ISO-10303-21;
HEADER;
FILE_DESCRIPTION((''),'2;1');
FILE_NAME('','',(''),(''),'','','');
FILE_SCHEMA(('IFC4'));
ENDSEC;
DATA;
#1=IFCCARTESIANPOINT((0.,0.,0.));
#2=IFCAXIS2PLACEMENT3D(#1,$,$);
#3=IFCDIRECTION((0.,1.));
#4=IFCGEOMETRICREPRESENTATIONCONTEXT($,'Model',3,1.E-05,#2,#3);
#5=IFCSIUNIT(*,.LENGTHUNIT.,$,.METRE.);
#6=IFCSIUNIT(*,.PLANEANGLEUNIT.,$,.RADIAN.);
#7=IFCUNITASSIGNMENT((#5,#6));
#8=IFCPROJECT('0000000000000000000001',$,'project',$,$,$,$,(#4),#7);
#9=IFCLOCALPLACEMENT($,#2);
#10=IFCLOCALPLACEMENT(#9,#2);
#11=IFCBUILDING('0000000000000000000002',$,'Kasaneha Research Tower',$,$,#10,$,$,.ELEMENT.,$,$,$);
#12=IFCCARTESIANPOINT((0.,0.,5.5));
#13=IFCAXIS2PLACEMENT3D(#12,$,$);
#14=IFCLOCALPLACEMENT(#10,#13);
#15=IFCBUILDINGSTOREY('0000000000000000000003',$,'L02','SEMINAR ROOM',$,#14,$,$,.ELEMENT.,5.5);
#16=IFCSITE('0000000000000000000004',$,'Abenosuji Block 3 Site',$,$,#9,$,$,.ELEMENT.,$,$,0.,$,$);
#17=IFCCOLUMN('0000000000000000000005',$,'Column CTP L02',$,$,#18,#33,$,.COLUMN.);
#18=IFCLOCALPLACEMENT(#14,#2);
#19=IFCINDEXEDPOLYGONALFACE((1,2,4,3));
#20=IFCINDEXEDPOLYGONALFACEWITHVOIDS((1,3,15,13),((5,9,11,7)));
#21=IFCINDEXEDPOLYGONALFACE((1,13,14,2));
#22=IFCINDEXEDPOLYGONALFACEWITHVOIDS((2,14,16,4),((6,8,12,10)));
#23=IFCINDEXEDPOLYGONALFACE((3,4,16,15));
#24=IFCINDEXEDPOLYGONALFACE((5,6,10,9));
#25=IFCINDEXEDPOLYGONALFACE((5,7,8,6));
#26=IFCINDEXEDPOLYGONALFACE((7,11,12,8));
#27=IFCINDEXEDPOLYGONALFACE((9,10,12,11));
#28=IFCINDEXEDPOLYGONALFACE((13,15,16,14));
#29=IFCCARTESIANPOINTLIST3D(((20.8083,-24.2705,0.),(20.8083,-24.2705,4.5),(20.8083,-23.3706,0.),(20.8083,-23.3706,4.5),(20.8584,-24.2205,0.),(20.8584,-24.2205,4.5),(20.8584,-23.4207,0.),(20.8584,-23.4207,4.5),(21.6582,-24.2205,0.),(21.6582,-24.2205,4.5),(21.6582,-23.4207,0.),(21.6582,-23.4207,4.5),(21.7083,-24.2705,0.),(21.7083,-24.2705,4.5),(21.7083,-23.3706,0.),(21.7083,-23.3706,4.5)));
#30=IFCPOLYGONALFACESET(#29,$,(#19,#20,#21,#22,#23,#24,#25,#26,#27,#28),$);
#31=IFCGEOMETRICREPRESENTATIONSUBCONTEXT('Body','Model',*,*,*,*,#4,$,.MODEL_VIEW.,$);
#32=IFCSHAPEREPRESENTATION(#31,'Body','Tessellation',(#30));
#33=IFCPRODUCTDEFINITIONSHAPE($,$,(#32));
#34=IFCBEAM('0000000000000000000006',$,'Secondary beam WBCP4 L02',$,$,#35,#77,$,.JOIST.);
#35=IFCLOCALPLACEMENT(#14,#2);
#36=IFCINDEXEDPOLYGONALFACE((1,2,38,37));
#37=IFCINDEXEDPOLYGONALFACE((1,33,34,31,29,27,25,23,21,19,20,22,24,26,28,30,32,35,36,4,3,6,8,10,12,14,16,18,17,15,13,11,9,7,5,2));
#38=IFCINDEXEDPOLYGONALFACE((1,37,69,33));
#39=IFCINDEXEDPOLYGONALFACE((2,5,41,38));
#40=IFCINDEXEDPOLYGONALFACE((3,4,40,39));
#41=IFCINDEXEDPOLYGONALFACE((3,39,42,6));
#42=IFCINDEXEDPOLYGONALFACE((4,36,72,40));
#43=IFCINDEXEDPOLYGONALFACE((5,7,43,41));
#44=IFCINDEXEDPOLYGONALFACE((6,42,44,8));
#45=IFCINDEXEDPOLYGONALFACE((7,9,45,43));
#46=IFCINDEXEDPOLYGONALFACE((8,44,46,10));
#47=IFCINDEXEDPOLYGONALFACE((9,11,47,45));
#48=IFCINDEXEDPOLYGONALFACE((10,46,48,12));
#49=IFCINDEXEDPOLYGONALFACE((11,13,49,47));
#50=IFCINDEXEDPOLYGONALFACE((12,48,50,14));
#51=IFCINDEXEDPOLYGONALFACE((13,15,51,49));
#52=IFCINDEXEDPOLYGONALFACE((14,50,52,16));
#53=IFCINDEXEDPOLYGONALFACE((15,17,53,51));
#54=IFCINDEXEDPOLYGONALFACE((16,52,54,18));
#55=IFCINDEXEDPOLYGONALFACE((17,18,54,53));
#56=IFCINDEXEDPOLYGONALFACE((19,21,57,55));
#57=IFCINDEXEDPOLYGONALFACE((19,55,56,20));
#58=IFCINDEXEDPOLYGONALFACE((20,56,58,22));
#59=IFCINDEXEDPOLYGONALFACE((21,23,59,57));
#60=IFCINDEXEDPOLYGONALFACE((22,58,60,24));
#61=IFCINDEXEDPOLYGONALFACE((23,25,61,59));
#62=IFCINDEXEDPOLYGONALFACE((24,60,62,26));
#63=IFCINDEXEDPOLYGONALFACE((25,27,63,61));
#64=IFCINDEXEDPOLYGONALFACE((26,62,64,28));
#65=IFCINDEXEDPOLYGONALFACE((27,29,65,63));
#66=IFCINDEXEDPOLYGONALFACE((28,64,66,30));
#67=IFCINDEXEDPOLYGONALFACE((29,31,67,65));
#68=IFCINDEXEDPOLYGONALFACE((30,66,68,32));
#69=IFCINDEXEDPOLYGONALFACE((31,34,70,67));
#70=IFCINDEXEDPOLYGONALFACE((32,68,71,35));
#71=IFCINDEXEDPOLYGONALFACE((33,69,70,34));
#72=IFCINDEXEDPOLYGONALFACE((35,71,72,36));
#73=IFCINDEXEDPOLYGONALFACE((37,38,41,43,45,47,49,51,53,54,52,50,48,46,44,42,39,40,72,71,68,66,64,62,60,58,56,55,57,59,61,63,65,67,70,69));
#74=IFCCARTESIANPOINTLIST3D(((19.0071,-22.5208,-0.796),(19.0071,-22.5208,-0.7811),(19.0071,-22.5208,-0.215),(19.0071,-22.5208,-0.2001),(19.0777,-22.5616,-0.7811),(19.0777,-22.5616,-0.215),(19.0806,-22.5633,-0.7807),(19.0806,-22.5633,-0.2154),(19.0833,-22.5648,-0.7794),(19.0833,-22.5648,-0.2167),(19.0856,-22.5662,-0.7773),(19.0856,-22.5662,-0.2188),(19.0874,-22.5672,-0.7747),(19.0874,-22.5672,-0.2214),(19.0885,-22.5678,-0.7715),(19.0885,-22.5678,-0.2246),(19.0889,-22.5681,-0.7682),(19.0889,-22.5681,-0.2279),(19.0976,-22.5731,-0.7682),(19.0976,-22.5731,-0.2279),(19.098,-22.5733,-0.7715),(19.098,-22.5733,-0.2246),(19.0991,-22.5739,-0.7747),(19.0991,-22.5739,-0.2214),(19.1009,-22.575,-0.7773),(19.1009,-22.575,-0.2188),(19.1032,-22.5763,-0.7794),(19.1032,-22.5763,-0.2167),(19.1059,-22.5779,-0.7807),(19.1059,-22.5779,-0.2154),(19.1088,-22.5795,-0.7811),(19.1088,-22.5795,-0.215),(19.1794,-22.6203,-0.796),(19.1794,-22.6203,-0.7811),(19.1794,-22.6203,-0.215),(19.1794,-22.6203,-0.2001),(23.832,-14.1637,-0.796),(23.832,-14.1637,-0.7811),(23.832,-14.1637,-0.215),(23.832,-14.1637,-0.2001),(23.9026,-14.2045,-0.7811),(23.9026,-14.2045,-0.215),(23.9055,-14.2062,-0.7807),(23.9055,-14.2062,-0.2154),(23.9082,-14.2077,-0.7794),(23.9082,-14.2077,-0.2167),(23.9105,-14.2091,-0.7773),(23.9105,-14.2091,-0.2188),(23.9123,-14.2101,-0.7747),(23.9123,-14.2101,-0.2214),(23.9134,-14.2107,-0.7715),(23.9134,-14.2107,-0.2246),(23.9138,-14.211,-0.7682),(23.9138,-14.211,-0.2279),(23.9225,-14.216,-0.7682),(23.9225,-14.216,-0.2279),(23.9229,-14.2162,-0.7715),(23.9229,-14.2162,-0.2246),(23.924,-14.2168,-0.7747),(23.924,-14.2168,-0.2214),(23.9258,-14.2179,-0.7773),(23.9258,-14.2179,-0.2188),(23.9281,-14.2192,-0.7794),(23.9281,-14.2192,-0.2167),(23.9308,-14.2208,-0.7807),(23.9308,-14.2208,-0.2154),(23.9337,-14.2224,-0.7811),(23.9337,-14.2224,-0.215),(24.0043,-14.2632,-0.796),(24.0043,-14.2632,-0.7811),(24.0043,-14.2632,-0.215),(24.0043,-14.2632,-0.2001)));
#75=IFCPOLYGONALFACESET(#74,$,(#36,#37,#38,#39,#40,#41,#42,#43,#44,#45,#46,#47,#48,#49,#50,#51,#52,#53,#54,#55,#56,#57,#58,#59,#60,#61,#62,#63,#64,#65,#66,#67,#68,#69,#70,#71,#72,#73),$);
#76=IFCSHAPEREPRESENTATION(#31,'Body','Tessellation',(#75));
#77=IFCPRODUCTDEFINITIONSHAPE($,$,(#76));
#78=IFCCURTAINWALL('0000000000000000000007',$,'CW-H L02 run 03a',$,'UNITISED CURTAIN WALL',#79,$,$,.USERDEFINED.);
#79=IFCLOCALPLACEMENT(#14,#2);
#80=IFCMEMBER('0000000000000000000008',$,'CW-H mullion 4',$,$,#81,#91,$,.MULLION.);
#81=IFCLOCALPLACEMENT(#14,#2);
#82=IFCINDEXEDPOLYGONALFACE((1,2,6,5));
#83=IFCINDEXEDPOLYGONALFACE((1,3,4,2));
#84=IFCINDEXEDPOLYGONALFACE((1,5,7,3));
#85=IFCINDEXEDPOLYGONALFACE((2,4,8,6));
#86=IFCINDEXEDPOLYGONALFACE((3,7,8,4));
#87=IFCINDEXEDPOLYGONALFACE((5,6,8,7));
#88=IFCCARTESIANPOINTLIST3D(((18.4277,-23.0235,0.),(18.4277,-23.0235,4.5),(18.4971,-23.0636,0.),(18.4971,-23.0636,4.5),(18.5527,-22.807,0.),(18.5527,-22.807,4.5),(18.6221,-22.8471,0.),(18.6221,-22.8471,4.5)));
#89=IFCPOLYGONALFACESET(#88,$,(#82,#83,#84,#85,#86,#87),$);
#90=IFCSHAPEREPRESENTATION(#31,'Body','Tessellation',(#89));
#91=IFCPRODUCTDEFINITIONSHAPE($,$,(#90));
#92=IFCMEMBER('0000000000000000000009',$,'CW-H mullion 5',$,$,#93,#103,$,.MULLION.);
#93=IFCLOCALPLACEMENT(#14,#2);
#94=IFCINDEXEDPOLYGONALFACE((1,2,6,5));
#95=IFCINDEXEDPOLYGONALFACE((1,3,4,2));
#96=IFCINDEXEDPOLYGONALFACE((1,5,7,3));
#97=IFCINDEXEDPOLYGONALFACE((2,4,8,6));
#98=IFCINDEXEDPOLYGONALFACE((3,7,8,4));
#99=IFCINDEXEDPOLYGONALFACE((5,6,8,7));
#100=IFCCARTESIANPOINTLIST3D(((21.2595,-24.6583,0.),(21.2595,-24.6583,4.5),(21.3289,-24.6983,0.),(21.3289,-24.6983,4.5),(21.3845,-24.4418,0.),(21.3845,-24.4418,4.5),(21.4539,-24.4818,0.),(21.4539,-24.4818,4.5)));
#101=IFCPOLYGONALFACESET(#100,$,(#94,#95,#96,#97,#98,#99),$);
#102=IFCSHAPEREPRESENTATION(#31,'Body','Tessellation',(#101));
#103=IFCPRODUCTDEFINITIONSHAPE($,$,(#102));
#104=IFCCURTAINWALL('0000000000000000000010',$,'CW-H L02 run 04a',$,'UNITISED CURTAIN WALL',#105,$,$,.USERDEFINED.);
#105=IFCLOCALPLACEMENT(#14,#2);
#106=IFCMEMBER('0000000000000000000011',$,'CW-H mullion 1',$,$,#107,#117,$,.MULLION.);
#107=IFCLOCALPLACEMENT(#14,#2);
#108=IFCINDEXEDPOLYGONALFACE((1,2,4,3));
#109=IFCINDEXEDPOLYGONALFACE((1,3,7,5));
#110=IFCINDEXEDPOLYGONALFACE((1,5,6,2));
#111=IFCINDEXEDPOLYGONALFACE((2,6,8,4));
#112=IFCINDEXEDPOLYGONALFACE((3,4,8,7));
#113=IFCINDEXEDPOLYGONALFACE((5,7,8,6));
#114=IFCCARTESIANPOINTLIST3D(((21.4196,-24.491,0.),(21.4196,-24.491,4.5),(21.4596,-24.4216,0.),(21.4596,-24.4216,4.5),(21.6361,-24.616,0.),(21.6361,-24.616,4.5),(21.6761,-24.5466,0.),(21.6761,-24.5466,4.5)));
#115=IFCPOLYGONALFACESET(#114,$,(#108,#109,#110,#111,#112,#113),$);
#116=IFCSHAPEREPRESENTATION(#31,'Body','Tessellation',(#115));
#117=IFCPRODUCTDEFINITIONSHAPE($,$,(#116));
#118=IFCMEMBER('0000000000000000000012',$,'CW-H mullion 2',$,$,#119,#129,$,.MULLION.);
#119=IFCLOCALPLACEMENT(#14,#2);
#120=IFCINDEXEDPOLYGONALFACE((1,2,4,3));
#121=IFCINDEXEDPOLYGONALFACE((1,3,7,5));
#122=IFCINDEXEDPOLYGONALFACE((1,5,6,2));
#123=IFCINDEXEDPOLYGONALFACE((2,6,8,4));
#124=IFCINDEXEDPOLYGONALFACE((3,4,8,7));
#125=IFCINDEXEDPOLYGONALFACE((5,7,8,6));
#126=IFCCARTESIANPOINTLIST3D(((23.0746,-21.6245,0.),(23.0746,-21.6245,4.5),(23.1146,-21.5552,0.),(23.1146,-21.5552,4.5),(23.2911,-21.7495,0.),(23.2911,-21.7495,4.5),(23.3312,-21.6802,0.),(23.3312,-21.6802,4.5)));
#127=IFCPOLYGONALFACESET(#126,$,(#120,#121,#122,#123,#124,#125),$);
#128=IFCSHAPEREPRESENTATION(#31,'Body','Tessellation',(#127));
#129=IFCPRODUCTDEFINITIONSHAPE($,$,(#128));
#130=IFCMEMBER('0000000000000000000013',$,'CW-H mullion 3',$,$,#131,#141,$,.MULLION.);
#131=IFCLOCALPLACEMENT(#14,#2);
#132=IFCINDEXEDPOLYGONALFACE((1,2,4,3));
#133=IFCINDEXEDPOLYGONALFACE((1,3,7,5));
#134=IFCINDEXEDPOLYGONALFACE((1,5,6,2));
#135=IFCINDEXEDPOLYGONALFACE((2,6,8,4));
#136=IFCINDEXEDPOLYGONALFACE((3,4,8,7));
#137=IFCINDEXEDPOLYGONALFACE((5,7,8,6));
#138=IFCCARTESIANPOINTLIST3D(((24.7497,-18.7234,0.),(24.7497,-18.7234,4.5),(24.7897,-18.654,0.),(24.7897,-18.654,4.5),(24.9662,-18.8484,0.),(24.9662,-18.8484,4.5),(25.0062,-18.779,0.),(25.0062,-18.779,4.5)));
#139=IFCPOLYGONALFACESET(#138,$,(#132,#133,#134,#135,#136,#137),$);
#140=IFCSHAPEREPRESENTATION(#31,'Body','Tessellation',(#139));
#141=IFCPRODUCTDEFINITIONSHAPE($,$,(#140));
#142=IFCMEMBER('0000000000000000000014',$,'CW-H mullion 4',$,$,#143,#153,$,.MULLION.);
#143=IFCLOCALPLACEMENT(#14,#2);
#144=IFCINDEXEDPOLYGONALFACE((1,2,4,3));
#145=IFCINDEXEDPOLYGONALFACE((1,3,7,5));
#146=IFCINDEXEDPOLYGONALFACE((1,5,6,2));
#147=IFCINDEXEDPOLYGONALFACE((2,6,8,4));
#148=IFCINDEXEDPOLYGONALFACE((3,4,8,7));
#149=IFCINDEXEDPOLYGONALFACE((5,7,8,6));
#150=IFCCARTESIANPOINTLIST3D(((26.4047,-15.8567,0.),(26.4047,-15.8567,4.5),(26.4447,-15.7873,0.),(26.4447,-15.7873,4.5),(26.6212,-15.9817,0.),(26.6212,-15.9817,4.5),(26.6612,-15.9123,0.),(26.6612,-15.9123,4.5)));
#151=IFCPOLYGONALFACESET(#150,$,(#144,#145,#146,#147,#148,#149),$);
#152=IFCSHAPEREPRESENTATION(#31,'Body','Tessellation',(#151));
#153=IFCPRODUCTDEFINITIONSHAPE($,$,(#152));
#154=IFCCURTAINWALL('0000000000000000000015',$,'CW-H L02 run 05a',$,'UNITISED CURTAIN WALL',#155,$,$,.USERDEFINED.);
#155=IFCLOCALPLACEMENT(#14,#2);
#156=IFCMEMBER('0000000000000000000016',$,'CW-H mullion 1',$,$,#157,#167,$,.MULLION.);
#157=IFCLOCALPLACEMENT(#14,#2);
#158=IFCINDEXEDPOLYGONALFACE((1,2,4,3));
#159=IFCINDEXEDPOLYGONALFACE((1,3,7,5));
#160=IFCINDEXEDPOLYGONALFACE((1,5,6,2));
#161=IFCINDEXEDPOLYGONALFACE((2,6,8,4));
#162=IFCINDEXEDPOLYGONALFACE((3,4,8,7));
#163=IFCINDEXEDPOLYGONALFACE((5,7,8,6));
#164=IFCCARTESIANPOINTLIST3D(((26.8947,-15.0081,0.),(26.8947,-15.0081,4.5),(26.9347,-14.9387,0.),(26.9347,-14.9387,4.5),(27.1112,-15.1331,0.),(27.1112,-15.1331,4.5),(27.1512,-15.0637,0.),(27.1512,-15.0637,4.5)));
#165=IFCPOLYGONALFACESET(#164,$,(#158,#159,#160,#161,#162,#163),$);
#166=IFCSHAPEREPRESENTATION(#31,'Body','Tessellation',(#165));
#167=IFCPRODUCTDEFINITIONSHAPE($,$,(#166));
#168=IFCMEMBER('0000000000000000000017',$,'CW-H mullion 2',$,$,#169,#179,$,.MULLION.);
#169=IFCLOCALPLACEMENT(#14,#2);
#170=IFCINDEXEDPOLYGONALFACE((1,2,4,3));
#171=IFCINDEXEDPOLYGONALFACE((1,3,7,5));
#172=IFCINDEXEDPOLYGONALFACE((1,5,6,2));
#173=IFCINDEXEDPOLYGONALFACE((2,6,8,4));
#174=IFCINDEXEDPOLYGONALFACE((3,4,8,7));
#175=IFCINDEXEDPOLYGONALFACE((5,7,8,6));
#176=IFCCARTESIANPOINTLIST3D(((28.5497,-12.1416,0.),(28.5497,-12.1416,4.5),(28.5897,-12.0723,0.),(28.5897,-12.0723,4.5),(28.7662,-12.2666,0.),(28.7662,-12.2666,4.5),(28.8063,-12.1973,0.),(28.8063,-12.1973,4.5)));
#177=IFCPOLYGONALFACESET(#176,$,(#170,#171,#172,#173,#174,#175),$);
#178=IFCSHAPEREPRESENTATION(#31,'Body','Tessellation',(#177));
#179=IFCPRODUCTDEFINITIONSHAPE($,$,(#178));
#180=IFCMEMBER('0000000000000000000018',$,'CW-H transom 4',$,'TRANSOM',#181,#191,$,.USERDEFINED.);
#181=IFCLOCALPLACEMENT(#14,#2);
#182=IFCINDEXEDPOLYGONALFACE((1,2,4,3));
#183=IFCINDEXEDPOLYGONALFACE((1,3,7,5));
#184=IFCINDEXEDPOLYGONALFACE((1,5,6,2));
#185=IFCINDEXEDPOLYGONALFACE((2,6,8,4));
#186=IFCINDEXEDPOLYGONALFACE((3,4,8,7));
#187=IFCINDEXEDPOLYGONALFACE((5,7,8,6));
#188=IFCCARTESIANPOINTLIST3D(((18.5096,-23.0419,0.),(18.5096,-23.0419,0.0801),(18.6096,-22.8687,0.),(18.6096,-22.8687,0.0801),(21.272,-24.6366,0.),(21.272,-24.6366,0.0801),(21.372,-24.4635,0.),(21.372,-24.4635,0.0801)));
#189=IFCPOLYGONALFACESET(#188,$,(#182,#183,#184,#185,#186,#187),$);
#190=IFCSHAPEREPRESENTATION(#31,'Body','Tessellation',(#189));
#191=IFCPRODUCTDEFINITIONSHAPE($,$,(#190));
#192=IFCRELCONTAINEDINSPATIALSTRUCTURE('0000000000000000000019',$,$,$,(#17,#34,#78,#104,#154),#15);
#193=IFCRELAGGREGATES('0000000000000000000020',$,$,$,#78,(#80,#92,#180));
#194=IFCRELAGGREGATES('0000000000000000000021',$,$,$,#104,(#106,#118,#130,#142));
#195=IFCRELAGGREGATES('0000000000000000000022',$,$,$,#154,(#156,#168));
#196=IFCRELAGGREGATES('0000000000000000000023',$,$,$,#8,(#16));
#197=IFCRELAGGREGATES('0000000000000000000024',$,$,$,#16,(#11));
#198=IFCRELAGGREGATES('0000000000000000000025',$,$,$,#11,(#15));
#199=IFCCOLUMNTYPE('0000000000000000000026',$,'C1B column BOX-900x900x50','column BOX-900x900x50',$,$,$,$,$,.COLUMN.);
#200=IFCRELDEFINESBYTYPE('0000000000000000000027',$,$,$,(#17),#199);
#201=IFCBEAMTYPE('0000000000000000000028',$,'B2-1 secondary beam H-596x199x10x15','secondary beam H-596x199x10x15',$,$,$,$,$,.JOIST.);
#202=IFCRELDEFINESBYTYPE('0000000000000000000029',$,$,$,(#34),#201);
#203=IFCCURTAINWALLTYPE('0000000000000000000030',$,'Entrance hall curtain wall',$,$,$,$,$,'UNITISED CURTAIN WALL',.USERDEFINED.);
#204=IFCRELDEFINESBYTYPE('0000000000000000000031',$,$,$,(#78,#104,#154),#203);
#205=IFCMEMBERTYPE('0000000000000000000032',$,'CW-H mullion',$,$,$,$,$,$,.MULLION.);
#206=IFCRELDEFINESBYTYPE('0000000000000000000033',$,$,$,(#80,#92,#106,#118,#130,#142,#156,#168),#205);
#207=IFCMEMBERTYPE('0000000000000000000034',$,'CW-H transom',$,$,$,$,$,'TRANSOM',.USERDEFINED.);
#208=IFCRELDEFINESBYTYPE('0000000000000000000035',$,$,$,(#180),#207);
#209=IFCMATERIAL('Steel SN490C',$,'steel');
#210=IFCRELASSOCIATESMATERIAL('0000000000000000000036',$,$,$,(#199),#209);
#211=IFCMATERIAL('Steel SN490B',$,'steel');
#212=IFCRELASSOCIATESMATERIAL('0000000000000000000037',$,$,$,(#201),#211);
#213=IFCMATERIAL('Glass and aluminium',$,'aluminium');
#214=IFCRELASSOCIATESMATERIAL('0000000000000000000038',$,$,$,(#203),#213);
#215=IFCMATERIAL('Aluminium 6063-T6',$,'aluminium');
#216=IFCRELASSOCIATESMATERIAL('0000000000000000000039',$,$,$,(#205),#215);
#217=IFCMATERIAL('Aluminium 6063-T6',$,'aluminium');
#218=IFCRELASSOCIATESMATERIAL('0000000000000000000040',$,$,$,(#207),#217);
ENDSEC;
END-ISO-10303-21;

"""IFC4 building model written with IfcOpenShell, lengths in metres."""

from ifc_helpers import new_model, si_unit, direction, frame, origin, origin_2d, place, context, subcontext, project, spatial, rectangle, hollow_rectangle, i_section, extrude, material, material_profile, profile_set, type_object, element, aggregate, save


model = new_model("IFC4")

# Units and contexts
model_context = context("Model", 3, precision=1e-05, world=origin(), true_north=direction((0.0, 1.0)))
body_context = subcontext(model_context, "Body", "Model", "MODEL_VIEW")
ifc_project = project(units=[si_unit("LENGTHUNIT", "METRE"), si_unit("PLANEANGLEUNIT", "RADIAN")], contexts=[model_context])

# Site, building, storey
site_placement = place(None, origin())
site = spatial("IfcSite", under=ifc_project, at=site_placement, Name="Abenosuji Block 3 Site", CompositionType="ELEMENT", RefElevation=0.0)
building_placement = place(site_placement, origin())
building = spatial("IfcBuilding", under=site, at=building_placement, Name="Kasaneha Research Tower", CompositionType="ELEMENT")
storey_placement = place(building_placement, frame((0.0, 0.0, 5.5)))
storey = spatial("IfcBuildingStorey", under=building, at=storey_placement, Name="L02", Description="SEMINAR ROOM", CompositionType="ELEMENT", Elevation=5.5)

# Column
ifc_material_1 = material(Name="Steel SN490C", Category="steel")
ifc_material_profile_1 = material_profile(ifc_material_1, hollow_rectangle(XDim=0.8999, YDim=0.8999, WallThickness=0.05, at=origin_2d()), Name="BOX-900x900x50")
ifc_profile_set_1 = profile_set([ifc_material_profile_1], Name="Steel SN490C")
column_type = type_object("IfcColumnType", Name="C1B column BOX-900x900x50", Description="column BOX-900x900x50", PredefinedType="COLUMN", material=ifc_profile_set_1)
column_placement = place(storey_placement, frame((21.2583, -23.8206, 0.0), z_axis=(0.0, 0.0, 1.0), x_axis=(1.0, 0.0, 0.0)))
element("IfcColumn", 1, at=column_placement, inside=storey, type_object=column_type, Name="Column CTP L02", PredefinedType="COLUMN", context=body_context, shape_type="SweptSolid", body=[
    extrude(hollow_rectangle(XDim=0.8999, YDim=0.8999, WallThickness=0.05, at=origin_2d()), origin(), (0.0, 0.0, 1.0), 4.5),
])

# Beam
ifc_material_2 = material(Name="Steel SN490B", Category="steel")
ifc_material_profile_2 = material_profile(ifc_material_2, i_section(OverallWidth=0.199, OverallDepth=0.5959, WebThickness=0.01, FlangeThickness=0.0149, FilletRadius=0.0129, at=origin_2d()), Name="H-596x199x10x15")
ifc_profile_set_2 = profile_set([ifc_material_profile_2], Name="Steel SN490B")
beam_type_1 = type_object("IfcBeamType", Name="B2-1 secondary beam H-596x199x10x15", Description="secondary beam H-596x199x10x15", PredefinedType="JOIST", material=ifc_profile_set_2)
beam_1_placement = place(storey_placement, frame((19.0933, -22.5706, -0.498), z_axis=(0.499995, 0.866028, 0.0), x_axis=(-0.866028, 0.499995, 0.0)))
element("IfcBeam", 2, at=beam_1_placement, inside=storey, type_object=beam_type_1, Name="Secondary beam WBCP4 L02", PredefinedType="JOIST", context=body_context, shape_type="SweptSolid", body=[
    extrude(i_section(OverallWidth=0.199, OverallDepth=0.5959, WebThickness=0.01, FlangeThickness=0.0149, FilletRadius=0.0129, at=origin_2d()), origin(), (0.0, 0.0, 1.0), 9.6499),
])

# Curtain walls, members
ifc_material_3 = material(Name="Glass and aluminium", Category="aluminium")
curtain_wall_type = type_object("IfcCurtainWallType", Name="Entrance hall curtain wall", ElementType="UNITISED CURTAIN WALL", PredefinedType="USERDEFINED", material=ifc_material_3)
curtain_wall_1_placement = place(storey_placement, origin())
curtain_wall_1 = element("IfcCurtainWall", 3, at=curtain_wall_1_placement, inside=storey, type_object=curtain_wall_type, Name="CW-H L02 run 03a", ObjectType="UNITISED CURTAIN WALL", PredefinedType="USERDEFINED")
ifc_material_4 = material(Name="Aluminium 6063-T6", Category="aluminium")
ifc_material_profile_3 = material_profile(ifc_material_4, rectangle(XDim=0.0801, YDim=0.25, at=origin_2d()), Name="CW-H mullion 80x250")
ifc_profile_set_3 = profile_set([ifc_material_profile_3], Name="Aluminium 6063-T6")
member_type_1 = type_object("IfcMemberType", Name="CW-H mullion", PredefinedType="MULLION", material=ifc_profile_set_3)
member_1_placement = place(storey_placement, frame((18.5249, -22.9353, 0.0), z_axis=(0.0, 0.0, 1.0), x_axis=(0.866025, -0.5, 0.0)))
member_1 = element("IfcMember", 4, at=member_1_placement, type_object=member_type_1, Name="CW-H mullion 4", PredefinedType="MULLION", context=body_context, shape_type="SweptSolid", body=[
    extrude(rectangle(XDim=0.0801, YDim=0.25, at=origin_2d()), origin(), (0.0, 0.0, 1.0), 4.5),
])
member_2_placement = place(storey_placement, frame((21.3567, -24.5701, 0.0), z_axis=(0.0, 0.0, 1.0), x_axis=(0.866025, -0.5, 0.0)))
member_2 = element("IfcMember", 5, at=member_2_placement, type_object=member_type_1, Name="CW-H mullion 5", PredefinedType="MULLION", context=body_context, shape_type="SweptSolid", body=[
    extrude(rectangle(XDim=0.0801, YDim=0.25, at=origin_2d()), origin(), (0.0, 0.0, 1.0), 4.5),
])
curtain_wall_2_placement = place(storey_placement, origin())
curtain_wall_2 = element("IfcCurtainWall", 6, at=curtain_wall_2_placement, inside=storey, type_object=curtain_wall_type, Name="CW-H L02 run 04a", ObjectType="UNITISED CURTAIN WALL", PredefinedType="USERDEFINED")
member_3_placement = place(storey_placement, frame((21.5479, -24.5188, 0.0), z_axis=(0.0, 0.0, 1.0), x_axis=(0.5, 0.866025, 0.0)))
member_3 = element("IfcMember", 7, at=member_3_placement, type_object=member_type_1, Name="CW-H mullion 1", PredefinedType="MULLION", context=body_context, shape_type="SweptSolid", body=[
    extrude(rectangle(XDim=0.0801, YDim=0.25, at=origin_2d()), origin(), (0.0, 0.0, 1.0), 4.5),
])
member_4_placement = place(storey_placement, frame((23.2029, -21.6523, 0.0), z_axis=(0.0, 0.0, 1.0), x_axis=(0.5, 0.866025, 0.0)))
member_4 = element("IfcMember", 8, at=member_4_placement, type_object=member_type_1, Name="CW-H mullion 2", PredefinedType="MULLION", context=body_context, shape_type="SweptSolid", body=[
    extrude(rectangle(XDim=0.0801, YDim=0.25, at=origin_2d()), origin(), (0.0, 0.0, 1.0), 4.5),
])
member_5_placement = place(storey_placement, frame((24.8779, -18.7512, 0.0), z_axis=(0.0, 0.0, 1.0), x_axis=(0.5, 0.866025, 0.0)))
member_5 = element("IfcMember", 9, at=member_5_placement, type_object=member_type_1, Name="CW-H mullion 3", PredefinedType="MULLION", context=body_context, shape_type="SweptSolid", body=[
    extrude(rectangle(XDim=0.0801, YDim=0.25, at=origin_2d()), origin(), (0.0, 0.0, 1.0), 4.5),
])
member_6_placement = place(storey_placement, frame((26.533, -15.8845, 0.0), z_axis=(0.0, 0.0, 1.0), x_axis=(0.5, 0.866025, 0.0)))
member_6 = element("IfcMember", 10, at=member_6_placement, type_object=member_type_1, Name="CW-H mullion 4", PredefinedType="MULLION", context=body_context, shape_type="SweptSolid", body=[
    extrude(rectangle(XDim=0.0801, YDim=0.25, at=origin_2d()), origin(), (0.0, 0.0, 1.0), 4.5),
])
curtain_wall_3_placement = place(storey_placement, origin())
curtain_wall_3 = element("IfcCurtainWall", 11, at=curtain_wall_3_placement, inside=storey, type_object=curtain_wall_type, Name="CW-H L02 run 05a", ObjectType="UNITISED CURTAIN WALL", PredefinedType="USERDEFINED")
member_7_placement = place(storey_placement, frame((27.0229, -15.0359, 0.0), z_axis=(0.0, 0.0, 1.0), x_axis=(0.5, 0.866025, 0.0)))
member_7 = element("IfcMember", 12, at=member_7_placement, type_object=member_type_1, Name="CW-H mullion 1", PredefinedType="MULLION", context=body_context, shape_type="SweptSolid", body=[
    extrude(rectangle(XDim=0.0801, YDim=0.25, at=origin_2d()), origin(), (0.0, 0.0, 1.0), 4.5),
])
member_8_placement = place(storey_placement, frame((28.678, -12.1694, 0.0), z_axis=(0.0, 0.0, 1.0), x_axis=(0.5, 0.866025, 0.0)))
member_8 = element("IfcMember", 13, at=member_8_placement, type_object=member_type_1, Name="CW-H mullion 2", PredefinedType="MULLION", context=body_context, shape_type="SweptSolid", body=[
    extrude(rectangle(XDim=0.0801, YDim=0.25, at=origin_2d()), origin(), (0.0, 0.0, 1.0), 4.5),
])

# Member
ifc_material_5 = material(Name="Aluminium 6063-T6", Category="aluminium")
ifc_material_profile_4 = material_profile(ifc_material_5, rectangle(XDim=0.2, YDim=0.0801, at=origin_2d()), Name="CW-H transom 200x80")
ifc_profile_set_4 = profile_set([ifc_material_profile_4], Name="Aluminium 6063-T6")
member_type_2 = type_object("IfcMemberType", Name="CW-H transom", ElementType="TRANSOM", PredefinedType="USERDEFINED", material=ifc_profile_set_4)
member_9_placement = place(storey_placement, frame((18.5596, -22.9553, 0.04), z_axis=(0.866049, -0.499959, 0.0), x_axis=(0.499959, 0.866049, 0.0)))
member_9 = element("IfcMember", 14, at=member_9_placement, type_object=member_type_2, Name="CW-H transom 4", ObjectType="TRANSOM", PredefinedType="USERDEFINED", context=body_context, shape_type="SweptSolid", body=[
    extrude(rectangle(XDim=0.2, YDim=0.0801, at=origin_2d()), origin(), (0.0, 0.0, 1.0), 3.1897),
])

aggregate(curtain_wall_1, [member_1, member_2, member_9])
aggregate(curtain_wall_2, [member_3, member_4, member_5, member_6])
aggregate(curtain_wall_3, [member_7, member_8])

save(model, "model.ifc")
